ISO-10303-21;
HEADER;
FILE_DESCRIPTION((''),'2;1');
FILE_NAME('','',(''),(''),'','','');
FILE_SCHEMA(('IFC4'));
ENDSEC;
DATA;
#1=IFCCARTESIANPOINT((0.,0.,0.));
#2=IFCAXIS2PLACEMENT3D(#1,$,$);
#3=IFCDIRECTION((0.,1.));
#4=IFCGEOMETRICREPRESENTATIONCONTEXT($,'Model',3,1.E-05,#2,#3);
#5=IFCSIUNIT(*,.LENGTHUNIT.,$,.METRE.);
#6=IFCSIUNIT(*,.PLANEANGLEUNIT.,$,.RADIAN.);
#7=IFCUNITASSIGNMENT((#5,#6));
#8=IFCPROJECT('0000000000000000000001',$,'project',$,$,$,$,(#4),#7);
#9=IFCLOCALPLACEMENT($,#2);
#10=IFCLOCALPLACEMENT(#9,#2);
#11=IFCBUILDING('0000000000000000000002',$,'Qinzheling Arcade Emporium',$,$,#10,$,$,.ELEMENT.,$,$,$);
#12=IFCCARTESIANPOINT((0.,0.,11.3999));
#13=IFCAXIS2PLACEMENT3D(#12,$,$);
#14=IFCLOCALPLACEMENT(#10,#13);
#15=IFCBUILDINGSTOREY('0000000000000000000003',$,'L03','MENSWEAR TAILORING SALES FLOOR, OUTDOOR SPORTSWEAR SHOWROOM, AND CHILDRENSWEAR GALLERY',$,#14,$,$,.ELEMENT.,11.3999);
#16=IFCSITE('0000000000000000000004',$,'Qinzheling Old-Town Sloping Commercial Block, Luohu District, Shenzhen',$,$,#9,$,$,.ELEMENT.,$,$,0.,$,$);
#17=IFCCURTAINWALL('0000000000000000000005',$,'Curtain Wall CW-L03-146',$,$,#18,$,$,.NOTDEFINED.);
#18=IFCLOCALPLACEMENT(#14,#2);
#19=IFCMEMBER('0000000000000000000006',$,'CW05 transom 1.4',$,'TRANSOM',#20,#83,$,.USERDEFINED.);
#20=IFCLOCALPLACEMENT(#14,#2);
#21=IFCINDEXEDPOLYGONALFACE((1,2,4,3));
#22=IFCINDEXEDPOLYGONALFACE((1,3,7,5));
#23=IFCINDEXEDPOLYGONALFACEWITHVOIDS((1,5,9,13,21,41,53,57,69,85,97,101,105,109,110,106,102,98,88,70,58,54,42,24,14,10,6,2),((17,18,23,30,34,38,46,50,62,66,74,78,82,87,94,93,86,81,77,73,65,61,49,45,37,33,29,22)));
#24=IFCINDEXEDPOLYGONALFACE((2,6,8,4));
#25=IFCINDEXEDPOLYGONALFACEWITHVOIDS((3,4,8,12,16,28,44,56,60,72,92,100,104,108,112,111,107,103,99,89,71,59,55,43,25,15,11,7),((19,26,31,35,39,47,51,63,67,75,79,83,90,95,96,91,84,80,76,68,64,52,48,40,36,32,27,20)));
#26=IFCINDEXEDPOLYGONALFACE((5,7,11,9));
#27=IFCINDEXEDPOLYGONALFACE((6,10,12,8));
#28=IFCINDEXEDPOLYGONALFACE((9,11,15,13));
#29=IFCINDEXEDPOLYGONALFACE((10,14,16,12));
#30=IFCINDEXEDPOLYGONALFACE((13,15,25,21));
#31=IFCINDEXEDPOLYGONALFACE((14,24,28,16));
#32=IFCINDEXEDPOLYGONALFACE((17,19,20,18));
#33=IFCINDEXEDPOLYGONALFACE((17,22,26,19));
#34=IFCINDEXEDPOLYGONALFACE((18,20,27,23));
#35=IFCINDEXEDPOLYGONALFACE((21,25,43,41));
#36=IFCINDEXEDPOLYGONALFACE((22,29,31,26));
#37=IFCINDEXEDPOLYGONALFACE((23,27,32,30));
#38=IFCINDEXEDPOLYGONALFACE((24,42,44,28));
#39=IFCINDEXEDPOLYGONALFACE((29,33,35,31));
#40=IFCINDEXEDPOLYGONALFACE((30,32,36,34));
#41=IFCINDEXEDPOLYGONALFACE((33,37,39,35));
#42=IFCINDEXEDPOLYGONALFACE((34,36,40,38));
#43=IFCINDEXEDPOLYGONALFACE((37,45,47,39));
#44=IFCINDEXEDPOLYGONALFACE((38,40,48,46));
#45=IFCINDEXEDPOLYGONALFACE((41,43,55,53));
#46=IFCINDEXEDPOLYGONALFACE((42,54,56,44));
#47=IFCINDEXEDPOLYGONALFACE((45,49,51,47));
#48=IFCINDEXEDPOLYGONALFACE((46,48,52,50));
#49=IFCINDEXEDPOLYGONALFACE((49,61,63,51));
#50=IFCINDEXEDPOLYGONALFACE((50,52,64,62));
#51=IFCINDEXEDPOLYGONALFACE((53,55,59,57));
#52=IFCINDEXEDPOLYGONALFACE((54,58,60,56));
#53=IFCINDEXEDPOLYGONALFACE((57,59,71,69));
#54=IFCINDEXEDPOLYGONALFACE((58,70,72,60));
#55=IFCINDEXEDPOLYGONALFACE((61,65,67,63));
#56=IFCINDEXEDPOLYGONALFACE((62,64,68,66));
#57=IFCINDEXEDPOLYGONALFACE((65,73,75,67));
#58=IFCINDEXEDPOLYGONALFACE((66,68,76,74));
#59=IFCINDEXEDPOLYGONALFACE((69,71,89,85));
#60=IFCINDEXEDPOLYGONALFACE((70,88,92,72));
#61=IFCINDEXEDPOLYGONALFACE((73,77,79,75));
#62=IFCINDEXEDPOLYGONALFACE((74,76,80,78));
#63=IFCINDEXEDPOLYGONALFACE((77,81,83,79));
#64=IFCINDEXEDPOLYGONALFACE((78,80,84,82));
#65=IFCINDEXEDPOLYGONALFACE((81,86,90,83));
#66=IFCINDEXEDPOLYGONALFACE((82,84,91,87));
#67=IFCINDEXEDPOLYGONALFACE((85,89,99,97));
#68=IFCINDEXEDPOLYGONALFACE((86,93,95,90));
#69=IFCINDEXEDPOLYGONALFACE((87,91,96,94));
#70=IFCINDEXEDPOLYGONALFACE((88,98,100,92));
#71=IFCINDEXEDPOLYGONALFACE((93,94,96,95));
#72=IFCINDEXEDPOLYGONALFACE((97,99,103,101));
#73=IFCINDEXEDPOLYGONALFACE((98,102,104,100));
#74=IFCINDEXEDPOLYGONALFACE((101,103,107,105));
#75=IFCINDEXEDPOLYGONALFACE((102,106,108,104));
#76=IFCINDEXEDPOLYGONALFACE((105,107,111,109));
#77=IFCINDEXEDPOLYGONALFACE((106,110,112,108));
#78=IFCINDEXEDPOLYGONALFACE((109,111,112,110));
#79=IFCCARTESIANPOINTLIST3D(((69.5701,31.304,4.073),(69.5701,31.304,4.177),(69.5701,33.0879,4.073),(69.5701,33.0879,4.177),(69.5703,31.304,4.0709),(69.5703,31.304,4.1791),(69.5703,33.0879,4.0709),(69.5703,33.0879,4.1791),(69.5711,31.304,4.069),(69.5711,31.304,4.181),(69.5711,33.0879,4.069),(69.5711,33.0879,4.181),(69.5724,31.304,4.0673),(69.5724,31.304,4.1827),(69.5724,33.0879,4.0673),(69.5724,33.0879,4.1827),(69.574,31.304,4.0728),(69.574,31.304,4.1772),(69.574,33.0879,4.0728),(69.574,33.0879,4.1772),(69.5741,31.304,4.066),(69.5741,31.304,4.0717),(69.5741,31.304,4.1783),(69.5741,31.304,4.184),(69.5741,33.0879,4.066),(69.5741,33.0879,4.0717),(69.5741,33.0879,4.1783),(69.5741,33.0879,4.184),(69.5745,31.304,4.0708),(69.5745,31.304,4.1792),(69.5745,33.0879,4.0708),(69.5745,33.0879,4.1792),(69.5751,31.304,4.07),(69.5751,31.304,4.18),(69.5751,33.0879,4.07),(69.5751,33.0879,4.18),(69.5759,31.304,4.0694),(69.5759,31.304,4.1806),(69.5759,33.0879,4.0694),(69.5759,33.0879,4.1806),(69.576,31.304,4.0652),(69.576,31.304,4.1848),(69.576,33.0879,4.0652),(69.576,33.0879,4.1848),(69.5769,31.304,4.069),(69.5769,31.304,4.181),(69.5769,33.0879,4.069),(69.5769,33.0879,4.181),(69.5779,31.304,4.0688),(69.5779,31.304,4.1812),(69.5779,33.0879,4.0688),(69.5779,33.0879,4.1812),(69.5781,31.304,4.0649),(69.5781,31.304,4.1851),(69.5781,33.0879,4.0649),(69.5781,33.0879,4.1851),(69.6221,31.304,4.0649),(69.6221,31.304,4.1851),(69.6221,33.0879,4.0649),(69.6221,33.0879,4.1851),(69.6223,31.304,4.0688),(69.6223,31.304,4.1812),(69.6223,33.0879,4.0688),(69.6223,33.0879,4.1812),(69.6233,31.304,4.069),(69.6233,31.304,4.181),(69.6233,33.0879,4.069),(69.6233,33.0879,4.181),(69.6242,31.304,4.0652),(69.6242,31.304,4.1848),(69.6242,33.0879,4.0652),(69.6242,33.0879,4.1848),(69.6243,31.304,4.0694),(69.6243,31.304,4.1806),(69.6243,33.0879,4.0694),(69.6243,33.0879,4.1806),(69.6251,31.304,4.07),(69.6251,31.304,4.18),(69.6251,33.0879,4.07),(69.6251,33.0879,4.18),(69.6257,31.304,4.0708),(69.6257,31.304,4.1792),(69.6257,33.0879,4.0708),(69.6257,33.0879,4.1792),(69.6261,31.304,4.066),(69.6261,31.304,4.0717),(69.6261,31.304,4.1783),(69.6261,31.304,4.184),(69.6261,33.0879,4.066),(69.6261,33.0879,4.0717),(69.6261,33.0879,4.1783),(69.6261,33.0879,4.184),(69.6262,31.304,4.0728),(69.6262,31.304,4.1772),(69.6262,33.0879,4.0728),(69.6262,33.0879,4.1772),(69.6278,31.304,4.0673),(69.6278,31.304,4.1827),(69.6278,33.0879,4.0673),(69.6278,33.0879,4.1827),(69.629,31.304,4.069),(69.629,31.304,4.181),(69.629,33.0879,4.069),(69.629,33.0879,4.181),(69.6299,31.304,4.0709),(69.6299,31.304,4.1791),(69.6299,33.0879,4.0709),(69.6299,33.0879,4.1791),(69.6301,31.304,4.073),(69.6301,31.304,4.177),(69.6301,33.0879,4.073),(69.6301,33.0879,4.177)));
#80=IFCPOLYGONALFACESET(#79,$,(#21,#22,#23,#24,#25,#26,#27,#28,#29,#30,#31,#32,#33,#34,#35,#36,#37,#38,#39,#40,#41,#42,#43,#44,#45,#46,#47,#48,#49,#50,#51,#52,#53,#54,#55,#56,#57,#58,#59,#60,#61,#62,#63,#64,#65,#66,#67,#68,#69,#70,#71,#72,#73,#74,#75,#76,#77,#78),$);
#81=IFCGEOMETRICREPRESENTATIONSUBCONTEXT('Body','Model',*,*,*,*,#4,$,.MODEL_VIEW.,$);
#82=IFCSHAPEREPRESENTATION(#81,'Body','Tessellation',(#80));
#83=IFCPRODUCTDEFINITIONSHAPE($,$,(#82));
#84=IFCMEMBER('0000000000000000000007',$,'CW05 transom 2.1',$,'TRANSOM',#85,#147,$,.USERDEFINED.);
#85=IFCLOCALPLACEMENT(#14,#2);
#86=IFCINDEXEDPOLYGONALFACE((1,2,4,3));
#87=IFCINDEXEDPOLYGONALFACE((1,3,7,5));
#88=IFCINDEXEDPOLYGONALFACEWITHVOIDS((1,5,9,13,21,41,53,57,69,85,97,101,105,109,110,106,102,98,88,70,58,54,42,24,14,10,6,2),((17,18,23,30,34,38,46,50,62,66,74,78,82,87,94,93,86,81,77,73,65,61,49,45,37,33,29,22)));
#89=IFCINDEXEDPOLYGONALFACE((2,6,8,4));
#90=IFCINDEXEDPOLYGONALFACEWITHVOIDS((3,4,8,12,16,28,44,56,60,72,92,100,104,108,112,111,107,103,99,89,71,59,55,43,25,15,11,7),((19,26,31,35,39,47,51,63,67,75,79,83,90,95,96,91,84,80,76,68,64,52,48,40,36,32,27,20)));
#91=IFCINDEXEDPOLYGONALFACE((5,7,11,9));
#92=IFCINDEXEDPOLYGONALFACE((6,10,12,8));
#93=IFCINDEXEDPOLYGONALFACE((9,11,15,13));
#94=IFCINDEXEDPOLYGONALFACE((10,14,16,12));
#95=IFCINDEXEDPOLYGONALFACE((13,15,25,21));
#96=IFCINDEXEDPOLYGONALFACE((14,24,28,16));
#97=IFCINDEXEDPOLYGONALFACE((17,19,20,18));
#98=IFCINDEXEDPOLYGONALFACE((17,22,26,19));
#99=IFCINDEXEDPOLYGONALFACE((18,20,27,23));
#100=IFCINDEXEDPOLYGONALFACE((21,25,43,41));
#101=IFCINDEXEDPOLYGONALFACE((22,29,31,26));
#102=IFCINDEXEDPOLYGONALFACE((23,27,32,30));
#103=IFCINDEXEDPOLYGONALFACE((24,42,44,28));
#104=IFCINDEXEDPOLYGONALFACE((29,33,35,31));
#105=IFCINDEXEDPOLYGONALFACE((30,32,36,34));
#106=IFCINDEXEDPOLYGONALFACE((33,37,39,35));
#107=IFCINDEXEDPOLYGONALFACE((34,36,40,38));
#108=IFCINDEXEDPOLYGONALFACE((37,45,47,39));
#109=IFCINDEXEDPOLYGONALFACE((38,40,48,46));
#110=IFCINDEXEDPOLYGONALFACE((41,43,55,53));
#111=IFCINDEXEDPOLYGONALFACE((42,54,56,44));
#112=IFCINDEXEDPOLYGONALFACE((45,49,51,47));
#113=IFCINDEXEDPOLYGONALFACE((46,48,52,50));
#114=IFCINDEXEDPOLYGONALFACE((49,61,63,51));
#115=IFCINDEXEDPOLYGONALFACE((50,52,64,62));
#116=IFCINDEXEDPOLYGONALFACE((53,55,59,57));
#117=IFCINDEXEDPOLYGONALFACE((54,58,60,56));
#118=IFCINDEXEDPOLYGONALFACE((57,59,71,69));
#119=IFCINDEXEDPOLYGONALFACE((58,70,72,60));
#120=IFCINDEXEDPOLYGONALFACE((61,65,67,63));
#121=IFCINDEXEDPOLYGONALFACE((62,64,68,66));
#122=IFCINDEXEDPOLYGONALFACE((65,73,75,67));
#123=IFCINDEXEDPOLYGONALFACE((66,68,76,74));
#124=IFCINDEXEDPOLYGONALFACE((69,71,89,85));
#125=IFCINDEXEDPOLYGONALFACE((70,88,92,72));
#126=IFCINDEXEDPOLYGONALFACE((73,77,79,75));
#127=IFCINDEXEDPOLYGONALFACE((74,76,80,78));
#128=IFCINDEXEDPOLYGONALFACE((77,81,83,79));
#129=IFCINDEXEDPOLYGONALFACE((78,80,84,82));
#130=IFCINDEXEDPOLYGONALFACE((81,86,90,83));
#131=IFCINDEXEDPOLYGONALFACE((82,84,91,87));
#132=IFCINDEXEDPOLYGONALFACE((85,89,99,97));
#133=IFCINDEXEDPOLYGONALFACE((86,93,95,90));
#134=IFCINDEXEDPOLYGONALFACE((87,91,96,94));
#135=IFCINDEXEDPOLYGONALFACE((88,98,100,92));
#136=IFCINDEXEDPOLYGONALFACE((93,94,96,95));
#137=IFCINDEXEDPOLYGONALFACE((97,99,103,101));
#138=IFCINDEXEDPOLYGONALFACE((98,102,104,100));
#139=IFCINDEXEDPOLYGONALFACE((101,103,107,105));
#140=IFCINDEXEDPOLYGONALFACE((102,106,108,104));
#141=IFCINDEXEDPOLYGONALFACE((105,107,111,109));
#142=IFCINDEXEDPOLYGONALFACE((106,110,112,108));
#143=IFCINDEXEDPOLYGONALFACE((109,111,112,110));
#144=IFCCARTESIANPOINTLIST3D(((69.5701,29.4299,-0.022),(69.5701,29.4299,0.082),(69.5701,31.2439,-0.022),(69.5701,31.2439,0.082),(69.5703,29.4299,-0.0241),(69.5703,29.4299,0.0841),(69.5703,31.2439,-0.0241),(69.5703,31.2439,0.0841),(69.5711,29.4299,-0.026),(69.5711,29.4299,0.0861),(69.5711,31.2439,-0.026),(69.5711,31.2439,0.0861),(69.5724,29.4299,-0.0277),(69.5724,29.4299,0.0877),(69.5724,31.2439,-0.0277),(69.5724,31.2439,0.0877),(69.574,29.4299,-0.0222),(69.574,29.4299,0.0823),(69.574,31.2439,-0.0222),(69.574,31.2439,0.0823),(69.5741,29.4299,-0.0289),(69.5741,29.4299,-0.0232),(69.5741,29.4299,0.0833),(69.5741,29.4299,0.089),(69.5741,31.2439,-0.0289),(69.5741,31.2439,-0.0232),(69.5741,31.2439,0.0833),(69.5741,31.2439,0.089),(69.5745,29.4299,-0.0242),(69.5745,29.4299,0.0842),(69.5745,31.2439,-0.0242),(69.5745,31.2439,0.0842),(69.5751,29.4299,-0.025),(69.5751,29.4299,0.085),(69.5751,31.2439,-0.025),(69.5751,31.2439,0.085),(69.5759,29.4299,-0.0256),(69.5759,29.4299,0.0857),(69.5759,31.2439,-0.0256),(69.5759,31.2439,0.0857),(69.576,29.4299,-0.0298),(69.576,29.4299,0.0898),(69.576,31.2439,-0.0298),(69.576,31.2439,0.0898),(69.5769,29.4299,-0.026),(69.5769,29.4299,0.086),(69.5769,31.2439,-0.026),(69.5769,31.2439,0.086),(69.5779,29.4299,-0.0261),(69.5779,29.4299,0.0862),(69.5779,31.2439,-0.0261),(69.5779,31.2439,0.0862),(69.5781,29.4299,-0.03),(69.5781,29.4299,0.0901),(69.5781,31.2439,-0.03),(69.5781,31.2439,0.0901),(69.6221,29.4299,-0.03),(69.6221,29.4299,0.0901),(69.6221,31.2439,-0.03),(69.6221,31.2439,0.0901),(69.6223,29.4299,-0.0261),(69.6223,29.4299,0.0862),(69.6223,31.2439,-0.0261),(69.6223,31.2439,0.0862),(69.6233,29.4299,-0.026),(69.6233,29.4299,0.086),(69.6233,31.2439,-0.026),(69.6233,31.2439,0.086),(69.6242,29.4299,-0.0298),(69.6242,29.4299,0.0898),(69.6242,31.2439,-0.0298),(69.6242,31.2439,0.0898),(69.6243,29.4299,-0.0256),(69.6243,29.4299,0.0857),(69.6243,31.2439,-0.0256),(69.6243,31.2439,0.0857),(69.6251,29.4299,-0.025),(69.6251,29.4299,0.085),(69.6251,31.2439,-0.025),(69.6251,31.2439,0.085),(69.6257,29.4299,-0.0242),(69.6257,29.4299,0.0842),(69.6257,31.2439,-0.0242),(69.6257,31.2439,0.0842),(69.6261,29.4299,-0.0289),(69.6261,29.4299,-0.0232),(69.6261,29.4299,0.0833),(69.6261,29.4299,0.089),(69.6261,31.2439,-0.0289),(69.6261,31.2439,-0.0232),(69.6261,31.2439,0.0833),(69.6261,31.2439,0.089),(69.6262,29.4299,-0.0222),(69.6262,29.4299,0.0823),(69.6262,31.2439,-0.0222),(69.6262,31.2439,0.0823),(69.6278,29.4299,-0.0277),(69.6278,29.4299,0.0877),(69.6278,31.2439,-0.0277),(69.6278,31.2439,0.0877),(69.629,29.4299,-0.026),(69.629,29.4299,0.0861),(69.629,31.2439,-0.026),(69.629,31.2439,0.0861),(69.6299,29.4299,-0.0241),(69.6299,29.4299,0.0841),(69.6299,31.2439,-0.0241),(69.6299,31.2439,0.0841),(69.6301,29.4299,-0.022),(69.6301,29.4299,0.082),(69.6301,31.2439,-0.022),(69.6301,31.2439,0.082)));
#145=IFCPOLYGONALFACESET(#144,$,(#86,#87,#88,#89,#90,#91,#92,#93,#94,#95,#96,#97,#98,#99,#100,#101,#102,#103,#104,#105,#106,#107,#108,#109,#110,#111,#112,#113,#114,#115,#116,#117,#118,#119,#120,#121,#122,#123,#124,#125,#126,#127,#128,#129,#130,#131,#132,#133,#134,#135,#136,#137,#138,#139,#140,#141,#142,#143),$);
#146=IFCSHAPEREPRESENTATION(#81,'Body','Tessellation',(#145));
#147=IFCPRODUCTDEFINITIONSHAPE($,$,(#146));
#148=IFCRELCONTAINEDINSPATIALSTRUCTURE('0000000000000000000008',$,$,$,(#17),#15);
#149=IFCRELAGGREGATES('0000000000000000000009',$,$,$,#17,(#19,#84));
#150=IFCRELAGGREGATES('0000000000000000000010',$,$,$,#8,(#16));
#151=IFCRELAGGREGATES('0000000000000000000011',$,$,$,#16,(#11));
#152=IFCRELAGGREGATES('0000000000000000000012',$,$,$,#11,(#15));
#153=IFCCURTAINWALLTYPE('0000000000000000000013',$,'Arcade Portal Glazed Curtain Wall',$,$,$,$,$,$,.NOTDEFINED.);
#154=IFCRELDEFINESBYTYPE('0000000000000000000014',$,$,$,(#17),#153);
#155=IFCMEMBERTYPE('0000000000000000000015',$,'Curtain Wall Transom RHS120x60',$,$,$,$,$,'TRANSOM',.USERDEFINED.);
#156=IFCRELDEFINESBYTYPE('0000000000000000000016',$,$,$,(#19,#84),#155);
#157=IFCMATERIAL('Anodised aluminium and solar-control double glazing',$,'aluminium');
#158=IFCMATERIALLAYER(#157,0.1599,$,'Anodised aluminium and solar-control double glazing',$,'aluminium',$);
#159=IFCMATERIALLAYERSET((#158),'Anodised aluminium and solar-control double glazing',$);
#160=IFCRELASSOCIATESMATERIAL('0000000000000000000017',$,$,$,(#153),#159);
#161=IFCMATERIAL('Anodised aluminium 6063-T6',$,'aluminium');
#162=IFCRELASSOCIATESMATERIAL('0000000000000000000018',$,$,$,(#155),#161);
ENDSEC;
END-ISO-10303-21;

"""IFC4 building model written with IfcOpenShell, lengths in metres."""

from ifc_helpers import new_model, si_unit, direction, frame, origin, origin_2d, place, context, subcontext, project, spatial, hollow_rectangle, extrude, material, layer, layer_set, material_profile, profile_set, type_object, element, aggregate, save


model = new_model("IFC4")

# Units and contexts
model_context = context("Model", 3, precision=1e-05, world=origin(), true_north=direction((0.0, 1.0)))
body_context = subcontext(model_context, "Body", "Model", "MODEL_VIEW")
ifc_project = project(units=[si_unit("LENGTHUNIT", "METRE"), si_unit("PLANEANGLEUNIT", "RADIAN")], contexts=[model_context])

# Site, building, storey
site_placement = place(None, origin())
site = spatial("IfcSite", under=ifc_project, at=site_placement, Name="Qinzheling Old-Town Sloping Commercial Block, Luohu District, Shenzhen", CompositionType="ELEMENT", RefElevation=0.0)
building_placement = place(site_placement, origin())
building = spatial("IfcBuilding", under=site, at=building_placement, Name="Qinzheling Arcade Emporium", CompositionType="ELEMENT")
storey_placement = place(building_placement, frame((0.0, 0.0, 11.3999)))
storey = spatial("IfcBuildingStorey", under=building, at=storey_placement, Name="L03", Description="MENSWEAR TAILORING SALES FLOOR, OUTDOOR SPORTSWEAR SHOWROOM, AND CHILDRENSWEAR GALLERY", CompositionType="ELEMENT", Elevation=11.3999)

# Shared definitions
ifc_material_1 = material(Name="Anodised aluminium and solar-control double glazing", Category="aluminium")
ifc_layer_1 = layer(ifc_material_1, 0.1599, Name="Anodised aluminium and solar-control double glazing", Category="aluminium")
ifc_layer_set_1 = layer_set([ifc_layer_1], Name="Anodised aluminium and solar-control double glazing")
curtain_wall_type = type_object("IfcCurtainWallType", Name="Arcade Portal Glazed Curtain Wall", PredefinedType="NOTDEFINED", material=ifc_layer_set_1)
ifc_material_2 = material(Name="Anodised aluminium 6063-T6", Category="aluminium")

# Curtain wall, members
curtain_wall_1_placement = place(storey_placement, origin())
curtain_wall_1 = element("IfcCurtainWall", 1, at=curtain_wall_1_placement, inside=storey, type_object=curtain_wall_type, Name="Curtain Wall CW-L03-146", PredefinedType="NOTDEFINED")
ifc_material_profile_1 = material_profile(ifc_material_2, hollow_rectangle(XDim=0.0601, YDim=0.1201, WallThickness=0.0039, InnerFilletRadius=0.0039, OuterFilletRadius=0.0081, at=origin_2d()), Name="RHS 120x60x4", Category="aluminium")
ifc_profile_set_1 = profile_set([ifc_material_profile_1], Name="Anodised aluminium 6063-T6")
member_type_1 = type_object("IfcMemberType", Name="Curtain Wall Transom RHS120x60", ElementType="TRANSOM", PredefinedType="USERDEFINED", material=ifc_profile_set_1)
member_1_placement = place(storey_placement, frame((69.6001, 33.0879, 4.125), z_axis=(0.0, -1.0, 0.0), x_axis=(1.0, 0.0, 0.0)))
member_1 = element("IfcMember", 2, at=member_1_placement, type_object=member_type_1, Name="CW05 transom 1.4", ObjectType="TRANSOM", PredefinedType="USERDEFINED", context=body_context, shape_type="SweptSolid", body=[
    extrude(hollow_rectangle(XDim=0.0601, YDim=0.1201, WallThickness=0.0039, InnerFilletRadius=0.0039, OuterFilletRadius=0.0081, at=origin_2d()), origin(), (0.0, 0.0, 1.0), 1.7839),
])
member_2_placement = place(storey_placement, frame((69.6001, 31.2439, 0.03), z_axis=(0.0, -1.0, 0.0), x_axis=(1.0, 0.0, 0.0)))
member_2 = element("IfcMember", 3, at=member_2_placement, type_object=member_type_1, Name="CW05 transom 2.1", ObjectType="TRANSOM", PredefinedType="USERDEFINED", context=body_context, shape_type="SweptSolid", body=[
    extrude(hollow_rectangle(XDim=0.0601, YDim=0.1201, WallThickness=0.0039, InnerFilletRadius=0.0039, OuterFilletRadius=0.0081, at=origin_2d()), origin(), (0.0, 0.0, 1.0), 1.814),
])

aggregate(curtain_wall_1, [member_1, member_2])

save(model, "model.ifc")
